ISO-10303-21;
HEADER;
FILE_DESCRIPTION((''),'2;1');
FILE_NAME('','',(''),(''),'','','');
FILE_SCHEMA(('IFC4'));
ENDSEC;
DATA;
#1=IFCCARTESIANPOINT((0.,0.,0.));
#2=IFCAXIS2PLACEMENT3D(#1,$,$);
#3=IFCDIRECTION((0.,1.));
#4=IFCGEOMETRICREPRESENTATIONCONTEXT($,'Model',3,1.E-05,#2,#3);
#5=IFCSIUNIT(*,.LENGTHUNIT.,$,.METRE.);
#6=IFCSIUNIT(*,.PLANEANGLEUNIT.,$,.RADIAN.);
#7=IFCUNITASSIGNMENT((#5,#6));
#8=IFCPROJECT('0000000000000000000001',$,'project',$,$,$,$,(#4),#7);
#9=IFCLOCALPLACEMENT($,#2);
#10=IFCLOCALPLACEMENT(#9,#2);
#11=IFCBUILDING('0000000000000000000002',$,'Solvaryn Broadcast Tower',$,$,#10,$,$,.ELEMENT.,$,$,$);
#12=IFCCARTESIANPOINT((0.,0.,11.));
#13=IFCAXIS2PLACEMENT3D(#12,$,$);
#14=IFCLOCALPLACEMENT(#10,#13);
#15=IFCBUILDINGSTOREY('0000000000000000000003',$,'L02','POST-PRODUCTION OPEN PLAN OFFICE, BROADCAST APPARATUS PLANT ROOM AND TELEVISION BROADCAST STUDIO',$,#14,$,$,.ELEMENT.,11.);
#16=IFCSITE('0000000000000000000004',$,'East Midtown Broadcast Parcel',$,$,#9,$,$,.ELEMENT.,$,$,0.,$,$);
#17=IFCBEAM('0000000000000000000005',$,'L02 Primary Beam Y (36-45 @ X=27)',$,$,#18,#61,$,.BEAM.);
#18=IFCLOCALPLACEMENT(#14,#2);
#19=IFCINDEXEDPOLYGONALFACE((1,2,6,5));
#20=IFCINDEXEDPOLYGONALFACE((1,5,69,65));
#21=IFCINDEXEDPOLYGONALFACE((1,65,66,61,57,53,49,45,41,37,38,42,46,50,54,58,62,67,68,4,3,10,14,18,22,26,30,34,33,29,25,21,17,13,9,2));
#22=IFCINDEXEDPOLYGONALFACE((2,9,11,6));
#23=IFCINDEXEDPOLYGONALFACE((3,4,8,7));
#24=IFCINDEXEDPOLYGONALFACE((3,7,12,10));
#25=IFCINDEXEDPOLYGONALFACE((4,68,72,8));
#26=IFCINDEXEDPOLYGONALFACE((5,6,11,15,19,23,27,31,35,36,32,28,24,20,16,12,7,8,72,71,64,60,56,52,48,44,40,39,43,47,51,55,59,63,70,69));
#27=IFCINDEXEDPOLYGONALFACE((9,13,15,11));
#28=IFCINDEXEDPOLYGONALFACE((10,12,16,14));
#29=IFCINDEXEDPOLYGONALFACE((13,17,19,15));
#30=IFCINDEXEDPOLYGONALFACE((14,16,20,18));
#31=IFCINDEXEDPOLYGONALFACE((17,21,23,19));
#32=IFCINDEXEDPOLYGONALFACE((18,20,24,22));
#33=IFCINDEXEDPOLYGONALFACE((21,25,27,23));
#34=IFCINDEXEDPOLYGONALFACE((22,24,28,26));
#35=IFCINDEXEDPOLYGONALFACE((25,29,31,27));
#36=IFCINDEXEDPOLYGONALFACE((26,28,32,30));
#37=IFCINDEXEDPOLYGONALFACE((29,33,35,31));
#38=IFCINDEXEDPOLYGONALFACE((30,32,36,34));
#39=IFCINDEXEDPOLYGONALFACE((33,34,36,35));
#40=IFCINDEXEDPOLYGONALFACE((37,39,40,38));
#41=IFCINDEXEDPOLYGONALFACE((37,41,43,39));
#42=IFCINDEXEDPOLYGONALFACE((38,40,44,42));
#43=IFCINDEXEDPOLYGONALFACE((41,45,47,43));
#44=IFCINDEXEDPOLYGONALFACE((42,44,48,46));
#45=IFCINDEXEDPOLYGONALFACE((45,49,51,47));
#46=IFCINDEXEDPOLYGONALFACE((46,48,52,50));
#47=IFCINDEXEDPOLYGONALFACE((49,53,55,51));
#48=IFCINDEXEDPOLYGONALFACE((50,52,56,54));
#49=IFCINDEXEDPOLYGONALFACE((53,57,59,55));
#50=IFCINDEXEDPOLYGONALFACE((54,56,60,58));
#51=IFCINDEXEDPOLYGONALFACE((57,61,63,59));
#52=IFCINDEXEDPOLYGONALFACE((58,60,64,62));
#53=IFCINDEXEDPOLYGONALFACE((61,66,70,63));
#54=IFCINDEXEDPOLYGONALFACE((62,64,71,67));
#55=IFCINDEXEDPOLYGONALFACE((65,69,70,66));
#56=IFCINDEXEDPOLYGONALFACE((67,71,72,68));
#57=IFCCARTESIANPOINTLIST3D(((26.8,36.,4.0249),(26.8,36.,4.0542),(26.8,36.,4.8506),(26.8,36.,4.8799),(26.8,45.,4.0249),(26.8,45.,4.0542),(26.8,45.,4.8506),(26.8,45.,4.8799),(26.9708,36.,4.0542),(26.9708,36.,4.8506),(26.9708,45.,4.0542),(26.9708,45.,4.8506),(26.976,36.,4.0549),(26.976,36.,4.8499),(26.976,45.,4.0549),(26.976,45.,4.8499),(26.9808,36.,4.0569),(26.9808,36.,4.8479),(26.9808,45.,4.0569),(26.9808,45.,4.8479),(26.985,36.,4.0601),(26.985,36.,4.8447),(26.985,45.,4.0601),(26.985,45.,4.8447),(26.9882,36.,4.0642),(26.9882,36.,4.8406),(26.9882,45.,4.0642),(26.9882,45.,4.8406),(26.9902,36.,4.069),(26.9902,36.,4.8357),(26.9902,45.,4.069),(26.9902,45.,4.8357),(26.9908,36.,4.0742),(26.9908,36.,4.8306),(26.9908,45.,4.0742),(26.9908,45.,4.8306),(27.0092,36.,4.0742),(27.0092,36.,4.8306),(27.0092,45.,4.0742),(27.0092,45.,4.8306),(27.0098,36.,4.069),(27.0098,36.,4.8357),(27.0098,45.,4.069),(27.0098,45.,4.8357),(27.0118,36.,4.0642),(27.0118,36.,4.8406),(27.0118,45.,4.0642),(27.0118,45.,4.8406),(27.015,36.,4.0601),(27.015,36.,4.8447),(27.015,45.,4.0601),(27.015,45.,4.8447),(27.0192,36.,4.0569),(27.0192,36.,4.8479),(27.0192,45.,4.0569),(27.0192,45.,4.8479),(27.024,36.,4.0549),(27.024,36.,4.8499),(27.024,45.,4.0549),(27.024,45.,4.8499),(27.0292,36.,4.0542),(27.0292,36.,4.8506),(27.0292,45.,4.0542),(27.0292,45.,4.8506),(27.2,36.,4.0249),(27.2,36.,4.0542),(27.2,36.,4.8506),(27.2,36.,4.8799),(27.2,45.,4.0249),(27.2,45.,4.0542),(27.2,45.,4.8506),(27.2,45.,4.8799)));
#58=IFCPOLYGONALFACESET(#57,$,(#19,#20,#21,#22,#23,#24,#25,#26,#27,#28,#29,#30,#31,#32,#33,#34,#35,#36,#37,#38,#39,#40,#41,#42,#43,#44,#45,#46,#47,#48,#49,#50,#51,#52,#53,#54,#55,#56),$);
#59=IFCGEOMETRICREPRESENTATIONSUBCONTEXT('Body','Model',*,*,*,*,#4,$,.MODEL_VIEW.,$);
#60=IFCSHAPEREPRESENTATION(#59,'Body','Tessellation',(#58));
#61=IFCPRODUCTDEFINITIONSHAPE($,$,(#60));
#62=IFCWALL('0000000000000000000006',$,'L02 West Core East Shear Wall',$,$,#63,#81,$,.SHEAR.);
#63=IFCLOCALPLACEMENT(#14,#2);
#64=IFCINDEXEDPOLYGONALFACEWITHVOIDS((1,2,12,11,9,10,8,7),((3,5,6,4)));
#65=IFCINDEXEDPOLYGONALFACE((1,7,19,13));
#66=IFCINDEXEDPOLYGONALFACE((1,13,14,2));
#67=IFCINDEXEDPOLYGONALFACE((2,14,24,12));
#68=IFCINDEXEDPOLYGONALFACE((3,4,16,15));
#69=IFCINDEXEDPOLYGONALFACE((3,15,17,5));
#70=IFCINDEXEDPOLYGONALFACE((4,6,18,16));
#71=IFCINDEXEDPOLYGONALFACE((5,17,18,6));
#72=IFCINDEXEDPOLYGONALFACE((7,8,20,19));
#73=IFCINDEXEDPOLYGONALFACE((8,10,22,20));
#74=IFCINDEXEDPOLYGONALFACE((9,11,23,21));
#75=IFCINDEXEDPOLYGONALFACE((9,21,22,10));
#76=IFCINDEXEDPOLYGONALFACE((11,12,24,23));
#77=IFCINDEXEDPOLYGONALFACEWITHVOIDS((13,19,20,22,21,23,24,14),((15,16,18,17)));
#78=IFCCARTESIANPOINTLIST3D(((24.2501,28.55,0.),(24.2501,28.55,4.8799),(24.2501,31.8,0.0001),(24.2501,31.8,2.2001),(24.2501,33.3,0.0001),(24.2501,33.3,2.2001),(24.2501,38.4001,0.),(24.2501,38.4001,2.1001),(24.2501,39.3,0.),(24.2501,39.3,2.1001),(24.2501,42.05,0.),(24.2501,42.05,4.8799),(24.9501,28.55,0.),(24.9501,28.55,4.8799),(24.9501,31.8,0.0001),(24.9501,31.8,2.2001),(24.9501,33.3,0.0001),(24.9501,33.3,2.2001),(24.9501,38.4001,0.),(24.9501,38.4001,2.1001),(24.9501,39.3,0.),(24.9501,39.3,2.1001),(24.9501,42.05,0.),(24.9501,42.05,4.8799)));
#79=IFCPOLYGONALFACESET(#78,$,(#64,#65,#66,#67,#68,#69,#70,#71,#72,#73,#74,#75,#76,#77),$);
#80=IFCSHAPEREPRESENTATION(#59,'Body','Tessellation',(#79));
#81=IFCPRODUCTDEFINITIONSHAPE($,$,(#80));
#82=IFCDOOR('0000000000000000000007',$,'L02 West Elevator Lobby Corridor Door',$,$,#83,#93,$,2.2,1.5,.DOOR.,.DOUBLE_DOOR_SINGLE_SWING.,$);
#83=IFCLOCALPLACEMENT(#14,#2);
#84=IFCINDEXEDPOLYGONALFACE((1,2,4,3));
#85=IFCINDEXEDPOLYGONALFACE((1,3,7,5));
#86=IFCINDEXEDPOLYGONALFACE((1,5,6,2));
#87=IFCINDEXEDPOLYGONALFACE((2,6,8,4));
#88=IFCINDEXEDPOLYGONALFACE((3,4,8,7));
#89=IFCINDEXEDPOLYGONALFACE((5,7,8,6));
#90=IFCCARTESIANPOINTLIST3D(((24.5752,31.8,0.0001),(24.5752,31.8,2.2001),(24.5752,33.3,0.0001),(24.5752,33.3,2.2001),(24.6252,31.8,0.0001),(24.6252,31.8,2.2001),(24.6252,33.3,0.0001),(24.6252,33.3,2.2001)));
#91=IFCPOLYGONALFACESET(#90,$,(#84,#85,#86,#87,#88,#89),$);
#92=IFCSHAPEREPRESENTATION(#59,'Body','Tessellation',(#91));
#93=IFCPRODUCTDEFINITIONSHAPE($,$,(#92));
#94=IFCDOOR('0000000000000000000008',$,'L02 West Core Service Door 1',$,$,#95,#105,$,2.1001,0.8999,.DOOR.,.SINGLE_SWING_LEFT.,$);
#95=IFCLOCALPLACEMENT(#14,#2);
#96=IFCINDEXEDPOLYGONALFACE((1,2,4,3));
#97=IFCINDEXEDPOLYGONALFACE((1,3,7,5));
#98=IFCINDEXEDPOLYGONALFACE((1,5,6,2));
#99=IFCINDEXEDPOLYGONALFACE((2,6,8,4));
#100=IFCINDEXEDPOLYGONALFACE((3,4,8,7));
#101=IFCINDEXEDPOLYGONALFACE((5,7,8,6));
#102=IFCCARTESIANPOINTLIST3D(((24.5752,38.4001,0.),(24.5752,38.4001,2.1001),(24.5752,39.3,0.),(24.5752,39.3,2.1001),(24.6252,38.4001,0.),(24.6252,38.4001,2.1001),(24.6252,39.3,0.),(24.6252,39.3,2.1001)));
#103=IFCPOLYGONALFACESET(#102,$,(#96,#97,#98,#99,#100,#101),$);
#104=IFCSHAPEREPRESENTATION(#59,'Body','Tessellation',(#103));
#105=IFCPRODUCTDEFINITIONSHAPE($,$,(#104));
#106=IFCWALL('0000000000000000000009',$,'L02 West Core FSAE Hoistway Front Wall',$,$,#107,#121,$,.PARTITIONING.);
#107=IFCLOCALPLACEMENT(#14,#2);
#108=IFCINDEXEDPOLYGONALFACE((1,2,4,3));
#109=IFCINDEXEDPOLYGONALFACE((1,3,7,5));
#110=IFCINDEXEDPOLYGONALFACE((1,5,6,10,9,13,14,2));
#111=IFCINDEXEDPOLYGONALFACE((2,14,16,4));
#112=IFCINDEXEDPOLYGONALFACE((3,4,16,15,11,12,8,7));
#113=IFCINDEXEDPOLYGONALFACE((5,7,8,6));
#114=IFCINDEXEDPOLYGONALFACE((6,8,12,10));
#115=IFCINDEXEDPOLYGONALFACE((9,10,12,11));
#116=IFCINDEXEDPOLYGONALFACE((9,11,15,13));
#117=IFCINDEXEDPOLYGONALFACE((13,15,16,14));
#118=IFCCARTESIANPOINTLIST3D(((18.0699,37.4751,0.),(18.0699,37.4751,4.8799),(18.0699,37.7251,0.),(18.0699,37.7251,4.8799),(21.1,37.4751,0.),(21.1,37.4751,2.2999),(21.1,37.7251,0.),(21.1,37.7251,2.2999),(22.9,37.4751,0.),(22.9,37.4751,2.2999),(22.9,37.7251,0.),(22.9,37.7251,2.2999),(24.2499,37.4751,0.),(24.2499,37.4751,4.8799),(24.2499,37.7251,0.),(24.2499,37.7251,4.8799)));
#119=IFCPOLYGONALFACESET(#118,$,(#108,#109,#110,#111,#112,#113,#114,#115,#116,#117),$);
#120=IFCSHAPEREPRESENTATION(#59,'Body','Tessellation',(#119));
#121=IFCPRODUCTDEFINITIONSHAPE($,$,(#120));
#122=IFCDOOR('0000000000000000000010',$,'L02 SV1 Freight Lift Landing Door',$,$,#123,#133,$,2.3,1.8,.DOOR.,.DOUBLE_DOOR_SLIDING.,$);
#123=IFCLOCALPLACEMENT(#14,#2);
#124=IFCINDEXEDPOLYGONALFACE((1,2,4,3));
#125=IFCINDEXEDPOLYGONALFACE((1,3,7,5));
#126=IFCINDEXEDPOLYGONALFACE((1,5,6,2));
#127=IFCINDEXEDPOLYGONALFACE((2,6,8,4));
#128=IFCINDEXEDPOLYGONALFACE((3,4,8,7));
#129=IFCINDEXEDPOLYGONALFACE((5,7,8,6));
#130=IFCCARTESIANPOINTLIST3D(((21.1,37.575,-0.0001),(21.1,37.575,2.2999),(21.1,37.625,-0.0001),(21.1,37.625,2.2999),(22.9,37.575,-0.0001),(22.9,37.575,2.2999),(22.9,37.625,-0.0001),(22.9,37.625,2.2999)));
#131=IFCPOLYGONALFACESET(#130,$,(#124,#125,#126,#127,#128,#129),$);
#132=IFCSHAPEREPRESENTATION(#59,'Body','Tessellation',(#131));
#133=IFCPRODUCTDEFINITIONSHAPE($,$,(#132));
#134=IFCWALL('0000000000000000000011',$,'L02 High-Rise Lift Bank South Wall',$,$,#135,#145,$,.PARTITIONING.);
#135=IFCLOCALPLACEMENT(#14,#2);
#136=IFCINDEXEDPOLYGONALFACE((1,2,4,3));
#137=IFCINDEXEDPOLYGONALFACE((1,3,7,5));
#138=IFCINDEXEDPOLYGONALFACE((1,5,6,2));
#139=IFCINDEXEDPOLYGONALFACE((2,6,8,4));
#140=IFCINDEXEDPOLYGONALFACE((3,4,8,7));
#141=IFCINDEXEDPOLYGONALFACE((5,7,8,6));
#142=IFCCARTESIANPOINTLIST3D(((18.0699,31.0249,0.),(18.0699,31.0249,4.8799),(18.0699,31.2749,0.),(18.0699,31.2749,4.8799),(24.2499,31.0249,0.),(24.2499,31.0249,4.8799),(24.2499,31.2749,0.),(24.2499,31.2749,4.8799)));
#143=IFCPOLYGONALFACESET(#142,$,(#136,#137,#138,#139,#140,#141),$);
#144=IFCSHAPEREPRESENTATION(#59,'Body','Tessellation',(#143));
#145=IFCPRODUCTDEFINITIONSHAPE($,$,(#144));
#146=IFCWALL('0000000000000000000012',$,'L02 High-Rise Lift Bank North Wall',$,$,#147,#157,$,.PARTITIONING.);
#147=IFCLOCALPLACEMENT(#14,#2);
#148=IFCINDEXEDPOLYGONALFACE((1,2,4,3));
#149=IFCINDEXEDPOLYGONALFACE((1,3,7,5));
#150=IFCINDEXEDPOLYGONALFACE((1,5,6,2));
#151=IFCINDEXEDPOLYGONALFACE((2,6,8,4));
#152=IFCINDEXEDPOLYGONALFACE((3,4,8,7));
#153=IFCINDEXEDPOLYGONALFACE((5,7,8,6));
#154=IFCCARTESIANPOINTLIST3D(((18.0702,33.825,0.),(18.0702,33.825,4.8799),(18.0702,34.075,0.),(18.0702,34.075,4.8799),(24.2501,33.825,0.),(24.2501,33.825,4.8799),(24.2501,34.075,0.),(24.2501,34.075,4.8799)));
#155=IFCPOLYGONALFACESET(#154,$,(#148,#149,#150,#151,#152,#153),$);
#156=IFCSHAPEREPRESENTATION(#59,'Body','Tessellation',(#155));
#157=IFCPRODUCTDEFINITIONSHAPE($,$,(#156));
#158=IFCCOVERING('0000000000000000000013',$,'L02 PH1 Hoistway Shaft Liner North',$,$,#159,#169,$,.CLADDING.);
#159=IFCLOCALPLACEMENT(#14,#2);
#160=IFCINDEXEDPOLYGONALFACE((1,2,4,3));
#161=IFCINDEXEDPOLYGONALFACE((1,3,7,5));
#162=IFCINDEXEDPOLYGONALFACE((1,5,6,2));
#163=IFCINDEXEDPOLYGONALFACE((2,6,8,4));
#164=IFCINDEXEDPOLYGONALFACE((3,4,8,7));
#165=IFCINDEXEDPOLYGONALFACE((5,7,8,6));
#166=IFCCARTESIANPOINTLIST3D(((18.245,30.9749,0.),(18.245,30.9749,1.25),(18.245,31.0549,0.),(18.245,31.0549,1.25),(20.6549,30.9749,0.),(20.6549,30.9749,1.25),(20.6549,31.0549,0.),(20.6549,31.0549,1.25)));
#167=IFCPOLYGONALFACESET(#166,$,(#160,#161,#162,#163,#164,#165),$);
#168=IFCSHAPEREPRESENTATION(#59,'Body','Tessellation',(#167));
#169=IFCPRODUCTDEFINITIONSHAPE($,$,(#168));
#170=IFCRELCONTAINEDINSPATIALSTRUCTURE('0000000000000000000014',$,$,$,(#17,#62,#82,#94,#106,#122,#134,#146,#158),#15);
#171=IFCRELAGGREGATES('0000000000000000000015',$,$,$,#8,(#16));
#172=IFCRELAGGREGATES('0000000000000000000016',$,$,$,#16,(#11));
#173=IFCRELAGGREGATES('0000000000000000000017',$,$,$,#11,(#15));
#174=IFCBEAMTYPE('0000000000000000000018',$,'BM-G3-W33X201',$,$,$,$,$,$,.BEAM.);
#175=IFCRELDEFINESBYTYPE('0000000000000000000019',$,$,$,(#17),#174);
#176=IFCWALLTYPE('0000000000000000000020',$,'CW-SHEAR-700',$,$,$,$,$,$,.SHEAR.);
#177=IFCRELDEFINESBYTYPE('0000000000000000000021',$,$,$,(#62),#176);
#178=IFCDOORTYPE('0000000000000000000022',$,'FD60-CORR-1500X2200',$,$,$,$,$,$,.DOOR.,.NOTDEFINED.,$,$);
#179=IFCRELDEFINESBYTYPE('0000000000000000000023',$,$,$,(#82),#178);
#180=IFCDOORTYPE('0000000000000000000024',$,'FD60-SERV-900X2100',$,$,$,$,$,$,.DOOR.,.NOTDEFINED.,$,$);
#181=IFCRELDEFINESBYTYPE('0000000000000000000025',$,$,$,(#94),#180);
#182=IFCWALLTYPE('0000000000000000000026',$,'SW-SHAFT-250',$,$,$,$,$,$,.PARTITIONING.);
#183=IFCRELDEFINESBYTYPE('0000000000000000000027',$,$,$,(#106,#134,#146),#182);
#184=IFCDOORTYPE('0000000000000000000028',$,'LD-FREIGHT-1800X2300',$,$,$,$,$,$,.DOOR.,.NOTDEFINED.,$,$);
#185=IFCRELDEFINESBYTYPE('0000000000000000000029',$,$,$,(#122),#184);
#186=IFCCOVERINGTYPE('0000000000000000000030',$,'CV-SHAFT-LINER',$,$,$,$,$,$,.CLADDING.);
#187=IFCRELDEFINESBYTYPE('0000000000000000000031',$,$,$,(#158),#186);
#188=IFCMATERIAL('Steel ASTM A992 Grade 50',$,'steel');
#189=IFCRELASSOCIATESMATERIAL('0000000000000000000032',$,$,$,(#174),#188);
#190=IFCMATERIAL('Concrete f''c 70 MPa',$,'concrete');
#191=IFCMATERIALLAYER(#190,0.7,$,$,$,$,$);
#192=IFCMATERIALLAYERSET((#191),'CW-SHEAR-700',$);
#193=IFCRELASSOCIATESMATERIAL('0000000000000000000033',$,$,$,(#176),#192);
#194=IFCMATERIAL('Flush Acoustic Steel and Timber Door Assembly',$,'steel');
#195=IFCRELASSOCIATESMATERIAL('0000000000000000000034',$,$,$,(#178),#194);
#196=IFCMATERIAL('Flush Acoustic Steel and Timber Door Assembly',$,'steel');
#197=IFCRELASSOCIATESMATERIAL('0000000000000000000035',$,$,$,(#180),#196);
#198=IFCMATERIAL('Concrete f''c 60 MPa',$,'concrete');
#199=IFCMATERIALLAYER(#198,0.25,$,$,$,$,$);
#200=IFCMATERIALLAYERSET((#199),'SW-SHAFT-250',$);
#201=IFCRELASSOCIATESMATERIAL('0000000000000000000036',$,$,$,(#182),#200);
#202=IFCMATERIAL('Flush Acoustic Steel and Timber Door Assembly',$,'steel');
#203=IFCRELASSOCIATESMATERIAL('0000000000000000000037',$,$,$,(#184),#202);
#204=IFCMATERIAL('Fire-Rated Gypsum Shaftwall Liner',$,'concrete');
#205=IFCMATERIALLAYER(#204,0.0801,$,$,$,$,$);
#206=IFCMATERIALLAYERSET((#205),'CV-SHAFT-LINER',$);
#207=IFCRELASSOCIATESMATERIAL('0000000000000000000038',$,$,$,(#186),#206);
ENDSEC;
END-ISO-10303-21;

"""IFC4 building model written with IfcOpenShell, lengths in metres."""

from ifc_helpers import new_model, si_unit, direction, frame, frame_2d, origin, origin_2d, place, context, subcontext, project, spatial, rectangle, i_section, extrude, material, layer, layer_set, material_profile, profile_set, type_object, element, fill, save


model = new_model("IFC4")

# Units and contexts
model_context = context("Model", 3, precision=1e-05, world=origin(), true_north=direction((0.0, 1.0)))
body_context = subcontext(model_context, "Body", "Model", "MODEL_VIEW")
ifc_project = project(units=[si_unit("LENGTHUNIT", "METRE"), si_unit("PLANEANGLEUNIT", "RADIAN")], contexts=[model_context])

# Site, building, storey
site_placement = place(None, origin())
site = spatial("IfcSite", under=ifc_project, at=site_placement, Name="East Midtown Broadcast Parcel", CompositionType="ELEMENT", RefElevation=0.0)
building_placement = place(site_placement, origin())
building = spatial("IfcBuilding", under=site, at=building_placement, Name="Solvaryn Broadcast Tower", CompositionType="ELEMENT")
storey_placement = place(building_placement, frame((0.0, 0.0, 11.0)))
storey = spatial("IfcBuildingStorey", under=building, at=storey_placement, Name="L02", Description="POST-PRODUCTION OPEN PLAN OFFICE, BROADCAST APPARATUS PLANT ROOM AND TELEVISION BROADCAST STUDIO", CompositionType="ELEMENT", Elevation=11.0)

# Beam
ifc_material_1 = material(Name="Steel ASTM A992 Grade 50", Category="steel")
ifc_material_profile_1 = material_profile(ifc_material_1, i_section(OverallWidth=0.3999, OverallDepth=0.855, WebThickness=0.0183, FlangeThickness=0.0293, FilletRadius=0.02, at=origin_2d()))
ifc_profile_set_1 = profile_set([ifc_material_profile_1], Name="Steel ASTM A992 Grade 50")
beam_type_1 = type_object("IfcBeamType", Name="BM-G3-W33X201", PredefinedType="BEAM", material=ifc_profile_set_1)
for number, where, z_axis, x_axis, name in (
    (1, (27.0, 36.0, 4.4524), (0.0, 1.0, 0.0), (-1.0, 0.0, 0.0), "L02 Primary Beam Y (36-45 @ X=27)"),
):
    element("IfcBeam", number, at=place(storey_placement, frame(where, z_axis=z_axis, x_axis=x_axis)), inside=storey, type_object=beam_type_1, Name=name, PredefinedType="BEAM", context=body_context, shape_type="SweptSolid", body=[
        extrude(i_section(OverallWidth=0.3999, OverallDepth=0.855, WebThickness=0.0183, FlangeThickness=0.0293, FilletRadius=0.02, at=origin_2d()), origin(), (0.0, 0.0, 1.0), 9.0),
    ])

# Wall, openings, doors
ifc_material_2 = material(Name="Concrete f'c 70 MPa", Category="concrete")
ifc_layer_1 = layer(ifc_material_2, 0.7)
ifc_layer_set_1 = layer_set([ifc_layer_1], Name="CW-SHEAR-700")
wall_type_1 = type_object("IfcWallType", Name="CW-SHEAR-700", PredefinedType="SHEAR", material=ifc_layer_set_1)
wall_1_placement = place(storey_placement, frame((24.6001, 28.55, 0.0), z_axis=(0.0, 0.0, 1.0), x_axis=(0.0, 1.0, 0.0)))
wall_1 = element("IfcWall", 2, at=wall_1_placement, inside=storey, type_object=wall_type_1, Name="L02 West Core East Shear Wall", PredefinedType="SHEAR", context=body_context, shape_type="SweptSolid", body=[
    extrude(rectangle(XDim=13.5, YDim=0.7, at=frame_2d((6.75, 0.0))), origin(), (0.0, 0.0, 1.0), 4.8799),
])
opening_1_placement = place(wall_1_placement, frame((3.25, 0.0, 0.0)))
opening_1 = element("IfcOpeningElement", 3, at=opening_1_placement, cuts=wall_1, PredefinedType="OPENING", context=body_context, shape_type="SweptSolid", body=[
    extrude(rectangle(XDim=1.5, YDim=2.2, at=frame_2d((0.75, 1.1001))), frame((0.0, 0.3601, 0.0), z_axis=(0.0, -1.0, 0.0), x_axis=(1.0, 0.0, 0.0)), (0.0, 0.0, 1.0), 0.72),
])
opening_2_placement = place(wall_1_placement, frame((9.8501, 0.0, 0.0)))
opening_2 = element("IfcOpeningElement", 4, at=opening_2_placement, cuts=wall_1, PredefinedType="OPENING", context=body_context, shape_type="SweptSolid", body=[
    extrude(rectangle(XDim=0.8999, YDim=2.1001, at=frame_2d((0.45, 1.05))), frame((0.0, 0.3601, 0.0), z_axis=(0.0, -1.0, 0.0), x_axis=(1.0, 0.0, 0.0)), (0.0, 0.0, 1.0), 0.72),
])
ifc_material_3 = material(Name="Flush Acoustic Steel and Timber Door Assembly", Category="steel")
door_type_1 = type_object("IfcDoorType", Name="FD60-CORR-1500X2200", OperationType="NOTDEFINED", PredefinedType="DOOR", material=ifc_material_3)
door_1_placement = place(opening_1_placement, origin())
door_1 = element("IfcDoor", 5, at=door_1_placement, inside=storey, type_object=door_type_1, Name="L02 West Elevator Lobby Corridor Door", OperationType="DOUBLE_DOOR_SINGLE_SWING", OverallHeight=2.2, OverallWidth=1.5, PredefinedType="DOOR", context=body_context, shape_type="SweptSolid", body=[
    extrude(rectangle(XDim=1.5, YDim=2.2, at=frame_2d((0.75, 1.1001))), frame((0.0, 0.0249, 0.0), z_axis=(0.0, -1.0, 0.0), x_axis=(1.0, 0.0, 0.0)), (0.0, 0.0, 1.0), 0.05),
])
fill(opening_1, door_1)
ifc_material_4 = material(Name="Flush Acoustic Steel and Timber Door Assembly", Category="steel")
door_type_2 = type_object("IfcDoorType", Name="FD60-SERV-900X2100", OperationType="NOTDEFINED", PredefinedType="DOOR", material=ifc_material_4)
door_2_placement = place(opening_2_placement, origin())
door_2 = element("IfcDoor", 6, at=door_2_placement, inside=storey, type_object=door_type_2, Name="L02 West Core Service Door 1", OperationType="SINGLE_SWING_LEFT", OverallHeight=2.1001, OverallWidth=0.8999, PredefinedType="DOOR", context=body_context, shape_type="SweptSolid", body=[
    extrude(rectangle(XDim=0.8999, YDim=2.1001, at=frame_2d((0.45, 1.05))), frame((0.0, 0.0249, 0.0), z_axis=(0.0, -1.0, 0.0), x_axis=(1.0, 0.0, 0.0)), (0.0, 0.0, 1.0), 0.05),
])
fill(opening_2, door_2)

# Wall, opening, door
ifc_material_5 = material(Name="Concrete f'c 60 MPa", Category="concrete")
ifc_layer_2 = layer(ifc_material_5, 0.25)
ifc_layer_set_2 = layer_set([ifc_layer_2], Name="SW-SHAFT-250")
wall_type_2 = type_object("IfcWallType", Name="SW-SHAFT-250", PredefinedType="PARTITIONING", material=ifc_layer_set_2)
wall_2_placement = place(storey_placement, frame((18.0701, 37.6001, 0.0), z_axis=(0.0, 0.0, 1.0), x_axis=(1.0, 0.0, 0.0)))
wall_2 = element("IfcWall", 7, at=wall_2_placement, inside=storey, type_object=wall_type_2, Name="L02 West Core FSAE Hoistway Front Wall", PredefinedType="PARTITIONING", context=body_context, shape_type="SweptSolid", body=[
    extrude(rectangle(XDim=6.1799, YDim=0.25, at=frame_2d((3.0898, 0.0))), origin(), (0.0, 0.0, 1.0), 4.8799),
])
opening_3_placement = place(wall_2_placement, frame((3.03, 0.0, 0.0)))
opening_3 = element("IfcOpeningElement", 8, at=opening_3_placement, cuts=wall_2, PredefinedType="OPENING", context=body_context, shape_type="SweptSolid", body=[
    extrude(rectangle(XDim=1.8, YDim=2.3, at=frame_2d((0.8999, 1.1499))), frame((0.0, 0.135, 0.0), z_axis=(0.0, -1.0, 0.0), x_axis=(1.0, 0.0, 0.0)), (0.0, 0.0, 1.0), 0.27),
])
ifc_material_6 = material(Name="Flush Acoustic Steel and Timber Door Assembly", Category="steel")
door_type_3 = type_object("IfcDoorType", Name="LD-FREIGHT-1800X2300", OperationType="NOTDEFINED", PredefinedType="DOOR", material=ifc_material_6)
door_3_placement = place(opening_3_placement, origin())
door_3 = element("IfcDoor", 9, at=door_3_placement, inside=storey, type_object=door_type_3, Name="L02 SV1 Freight Lift Landing Door", OperationType="DOUBLE_DOOR_SLIDING", OverallHeight=2.3, OverallWidth=1.8, PredefinedType="DOOR", context=body_context, shape_type="SweptSolid", body=[
    extrude(rectangle(XDim=1.8, YDim=2.3, at=frame_2d((0.8999, 1.1499))), frame((0.0, 0.0249, 0.0), z_axis=(0.0, -1.0, 0.0), x_axis=(1.0, 0.0, 0.0)), (0.0, 0.0, 1.0), 0.05),
])
fill(opening_3, door_3)

# Walls
for number, where, z_axis, x_axis, name in (
    (10, (18.0701, 31.1499, 0.0), (0.0, 0.0, 1.0), (1.0, 0.0, 0.0), "L02 High-Rise Lift Bank South Wall"),
    (11, (24.25, 33.95, 0.0), (0.0, 0.0, 1.0), (-1.0, 0.0, 0.0), "L02 High-Rise Lift Bank North Wall"),
):
    element("IfcWall", number, at=place(storey_placement, frame(where, z_axis=z_axis, x_axis=x_axis)), inside=storey, type_object=wall_type_2, Name=name, PredefinedType="PARTITIONING", context=body_context, shape_type="SweptSolid", body=[
        extrude(rectangle(XDim=6.1799, YDim=0.25, at=frame_2d((3.0898, 0.0))), origin(), (0.0, 0.0, 1.0), 4.8799),
    ])

# Covering
ifc_material_7 = material(Name="Fire-Rated Gypsum Shaftwall Liner", Category="concrete")
ifc_layer_3 = layer(ifc_material_7, 0.0801)
ifc_layer_set_3 = layer_set([ifc_layer_3], Name="CV-SHAFT-LINER")
covering_type = type_object("IfcCoveringType", Name="CV-SHAFT-LINER", PredefinedType="CLADDING", material=ifc_layer_set_3)
for number, where, z_axis, x_axis, name in (
    (12, (19.45, 31.0149, 0.0), (0.0, 0.0, 1.0), (1.0, 0.0, 0.0), "L02 PH1 Hoistway Shaft Liner North"),
):
    element("IfcCovering", number, at=place(storey_placement, frame(where, z_axis=z_axis, x_axis=x_axis)), inside=storey, type_object=covering_type, Name=name, PredefinedType="CLADDING", context=body_context, shape_type="SweptSolid", body=[
        extrude(rectangle(XDim=2.4099, YDim=0.0801, at=origin_2d()), origin(), (0.0, 0.0, 1.0), 1.25),
    ])

save(model, "model.ifc")
